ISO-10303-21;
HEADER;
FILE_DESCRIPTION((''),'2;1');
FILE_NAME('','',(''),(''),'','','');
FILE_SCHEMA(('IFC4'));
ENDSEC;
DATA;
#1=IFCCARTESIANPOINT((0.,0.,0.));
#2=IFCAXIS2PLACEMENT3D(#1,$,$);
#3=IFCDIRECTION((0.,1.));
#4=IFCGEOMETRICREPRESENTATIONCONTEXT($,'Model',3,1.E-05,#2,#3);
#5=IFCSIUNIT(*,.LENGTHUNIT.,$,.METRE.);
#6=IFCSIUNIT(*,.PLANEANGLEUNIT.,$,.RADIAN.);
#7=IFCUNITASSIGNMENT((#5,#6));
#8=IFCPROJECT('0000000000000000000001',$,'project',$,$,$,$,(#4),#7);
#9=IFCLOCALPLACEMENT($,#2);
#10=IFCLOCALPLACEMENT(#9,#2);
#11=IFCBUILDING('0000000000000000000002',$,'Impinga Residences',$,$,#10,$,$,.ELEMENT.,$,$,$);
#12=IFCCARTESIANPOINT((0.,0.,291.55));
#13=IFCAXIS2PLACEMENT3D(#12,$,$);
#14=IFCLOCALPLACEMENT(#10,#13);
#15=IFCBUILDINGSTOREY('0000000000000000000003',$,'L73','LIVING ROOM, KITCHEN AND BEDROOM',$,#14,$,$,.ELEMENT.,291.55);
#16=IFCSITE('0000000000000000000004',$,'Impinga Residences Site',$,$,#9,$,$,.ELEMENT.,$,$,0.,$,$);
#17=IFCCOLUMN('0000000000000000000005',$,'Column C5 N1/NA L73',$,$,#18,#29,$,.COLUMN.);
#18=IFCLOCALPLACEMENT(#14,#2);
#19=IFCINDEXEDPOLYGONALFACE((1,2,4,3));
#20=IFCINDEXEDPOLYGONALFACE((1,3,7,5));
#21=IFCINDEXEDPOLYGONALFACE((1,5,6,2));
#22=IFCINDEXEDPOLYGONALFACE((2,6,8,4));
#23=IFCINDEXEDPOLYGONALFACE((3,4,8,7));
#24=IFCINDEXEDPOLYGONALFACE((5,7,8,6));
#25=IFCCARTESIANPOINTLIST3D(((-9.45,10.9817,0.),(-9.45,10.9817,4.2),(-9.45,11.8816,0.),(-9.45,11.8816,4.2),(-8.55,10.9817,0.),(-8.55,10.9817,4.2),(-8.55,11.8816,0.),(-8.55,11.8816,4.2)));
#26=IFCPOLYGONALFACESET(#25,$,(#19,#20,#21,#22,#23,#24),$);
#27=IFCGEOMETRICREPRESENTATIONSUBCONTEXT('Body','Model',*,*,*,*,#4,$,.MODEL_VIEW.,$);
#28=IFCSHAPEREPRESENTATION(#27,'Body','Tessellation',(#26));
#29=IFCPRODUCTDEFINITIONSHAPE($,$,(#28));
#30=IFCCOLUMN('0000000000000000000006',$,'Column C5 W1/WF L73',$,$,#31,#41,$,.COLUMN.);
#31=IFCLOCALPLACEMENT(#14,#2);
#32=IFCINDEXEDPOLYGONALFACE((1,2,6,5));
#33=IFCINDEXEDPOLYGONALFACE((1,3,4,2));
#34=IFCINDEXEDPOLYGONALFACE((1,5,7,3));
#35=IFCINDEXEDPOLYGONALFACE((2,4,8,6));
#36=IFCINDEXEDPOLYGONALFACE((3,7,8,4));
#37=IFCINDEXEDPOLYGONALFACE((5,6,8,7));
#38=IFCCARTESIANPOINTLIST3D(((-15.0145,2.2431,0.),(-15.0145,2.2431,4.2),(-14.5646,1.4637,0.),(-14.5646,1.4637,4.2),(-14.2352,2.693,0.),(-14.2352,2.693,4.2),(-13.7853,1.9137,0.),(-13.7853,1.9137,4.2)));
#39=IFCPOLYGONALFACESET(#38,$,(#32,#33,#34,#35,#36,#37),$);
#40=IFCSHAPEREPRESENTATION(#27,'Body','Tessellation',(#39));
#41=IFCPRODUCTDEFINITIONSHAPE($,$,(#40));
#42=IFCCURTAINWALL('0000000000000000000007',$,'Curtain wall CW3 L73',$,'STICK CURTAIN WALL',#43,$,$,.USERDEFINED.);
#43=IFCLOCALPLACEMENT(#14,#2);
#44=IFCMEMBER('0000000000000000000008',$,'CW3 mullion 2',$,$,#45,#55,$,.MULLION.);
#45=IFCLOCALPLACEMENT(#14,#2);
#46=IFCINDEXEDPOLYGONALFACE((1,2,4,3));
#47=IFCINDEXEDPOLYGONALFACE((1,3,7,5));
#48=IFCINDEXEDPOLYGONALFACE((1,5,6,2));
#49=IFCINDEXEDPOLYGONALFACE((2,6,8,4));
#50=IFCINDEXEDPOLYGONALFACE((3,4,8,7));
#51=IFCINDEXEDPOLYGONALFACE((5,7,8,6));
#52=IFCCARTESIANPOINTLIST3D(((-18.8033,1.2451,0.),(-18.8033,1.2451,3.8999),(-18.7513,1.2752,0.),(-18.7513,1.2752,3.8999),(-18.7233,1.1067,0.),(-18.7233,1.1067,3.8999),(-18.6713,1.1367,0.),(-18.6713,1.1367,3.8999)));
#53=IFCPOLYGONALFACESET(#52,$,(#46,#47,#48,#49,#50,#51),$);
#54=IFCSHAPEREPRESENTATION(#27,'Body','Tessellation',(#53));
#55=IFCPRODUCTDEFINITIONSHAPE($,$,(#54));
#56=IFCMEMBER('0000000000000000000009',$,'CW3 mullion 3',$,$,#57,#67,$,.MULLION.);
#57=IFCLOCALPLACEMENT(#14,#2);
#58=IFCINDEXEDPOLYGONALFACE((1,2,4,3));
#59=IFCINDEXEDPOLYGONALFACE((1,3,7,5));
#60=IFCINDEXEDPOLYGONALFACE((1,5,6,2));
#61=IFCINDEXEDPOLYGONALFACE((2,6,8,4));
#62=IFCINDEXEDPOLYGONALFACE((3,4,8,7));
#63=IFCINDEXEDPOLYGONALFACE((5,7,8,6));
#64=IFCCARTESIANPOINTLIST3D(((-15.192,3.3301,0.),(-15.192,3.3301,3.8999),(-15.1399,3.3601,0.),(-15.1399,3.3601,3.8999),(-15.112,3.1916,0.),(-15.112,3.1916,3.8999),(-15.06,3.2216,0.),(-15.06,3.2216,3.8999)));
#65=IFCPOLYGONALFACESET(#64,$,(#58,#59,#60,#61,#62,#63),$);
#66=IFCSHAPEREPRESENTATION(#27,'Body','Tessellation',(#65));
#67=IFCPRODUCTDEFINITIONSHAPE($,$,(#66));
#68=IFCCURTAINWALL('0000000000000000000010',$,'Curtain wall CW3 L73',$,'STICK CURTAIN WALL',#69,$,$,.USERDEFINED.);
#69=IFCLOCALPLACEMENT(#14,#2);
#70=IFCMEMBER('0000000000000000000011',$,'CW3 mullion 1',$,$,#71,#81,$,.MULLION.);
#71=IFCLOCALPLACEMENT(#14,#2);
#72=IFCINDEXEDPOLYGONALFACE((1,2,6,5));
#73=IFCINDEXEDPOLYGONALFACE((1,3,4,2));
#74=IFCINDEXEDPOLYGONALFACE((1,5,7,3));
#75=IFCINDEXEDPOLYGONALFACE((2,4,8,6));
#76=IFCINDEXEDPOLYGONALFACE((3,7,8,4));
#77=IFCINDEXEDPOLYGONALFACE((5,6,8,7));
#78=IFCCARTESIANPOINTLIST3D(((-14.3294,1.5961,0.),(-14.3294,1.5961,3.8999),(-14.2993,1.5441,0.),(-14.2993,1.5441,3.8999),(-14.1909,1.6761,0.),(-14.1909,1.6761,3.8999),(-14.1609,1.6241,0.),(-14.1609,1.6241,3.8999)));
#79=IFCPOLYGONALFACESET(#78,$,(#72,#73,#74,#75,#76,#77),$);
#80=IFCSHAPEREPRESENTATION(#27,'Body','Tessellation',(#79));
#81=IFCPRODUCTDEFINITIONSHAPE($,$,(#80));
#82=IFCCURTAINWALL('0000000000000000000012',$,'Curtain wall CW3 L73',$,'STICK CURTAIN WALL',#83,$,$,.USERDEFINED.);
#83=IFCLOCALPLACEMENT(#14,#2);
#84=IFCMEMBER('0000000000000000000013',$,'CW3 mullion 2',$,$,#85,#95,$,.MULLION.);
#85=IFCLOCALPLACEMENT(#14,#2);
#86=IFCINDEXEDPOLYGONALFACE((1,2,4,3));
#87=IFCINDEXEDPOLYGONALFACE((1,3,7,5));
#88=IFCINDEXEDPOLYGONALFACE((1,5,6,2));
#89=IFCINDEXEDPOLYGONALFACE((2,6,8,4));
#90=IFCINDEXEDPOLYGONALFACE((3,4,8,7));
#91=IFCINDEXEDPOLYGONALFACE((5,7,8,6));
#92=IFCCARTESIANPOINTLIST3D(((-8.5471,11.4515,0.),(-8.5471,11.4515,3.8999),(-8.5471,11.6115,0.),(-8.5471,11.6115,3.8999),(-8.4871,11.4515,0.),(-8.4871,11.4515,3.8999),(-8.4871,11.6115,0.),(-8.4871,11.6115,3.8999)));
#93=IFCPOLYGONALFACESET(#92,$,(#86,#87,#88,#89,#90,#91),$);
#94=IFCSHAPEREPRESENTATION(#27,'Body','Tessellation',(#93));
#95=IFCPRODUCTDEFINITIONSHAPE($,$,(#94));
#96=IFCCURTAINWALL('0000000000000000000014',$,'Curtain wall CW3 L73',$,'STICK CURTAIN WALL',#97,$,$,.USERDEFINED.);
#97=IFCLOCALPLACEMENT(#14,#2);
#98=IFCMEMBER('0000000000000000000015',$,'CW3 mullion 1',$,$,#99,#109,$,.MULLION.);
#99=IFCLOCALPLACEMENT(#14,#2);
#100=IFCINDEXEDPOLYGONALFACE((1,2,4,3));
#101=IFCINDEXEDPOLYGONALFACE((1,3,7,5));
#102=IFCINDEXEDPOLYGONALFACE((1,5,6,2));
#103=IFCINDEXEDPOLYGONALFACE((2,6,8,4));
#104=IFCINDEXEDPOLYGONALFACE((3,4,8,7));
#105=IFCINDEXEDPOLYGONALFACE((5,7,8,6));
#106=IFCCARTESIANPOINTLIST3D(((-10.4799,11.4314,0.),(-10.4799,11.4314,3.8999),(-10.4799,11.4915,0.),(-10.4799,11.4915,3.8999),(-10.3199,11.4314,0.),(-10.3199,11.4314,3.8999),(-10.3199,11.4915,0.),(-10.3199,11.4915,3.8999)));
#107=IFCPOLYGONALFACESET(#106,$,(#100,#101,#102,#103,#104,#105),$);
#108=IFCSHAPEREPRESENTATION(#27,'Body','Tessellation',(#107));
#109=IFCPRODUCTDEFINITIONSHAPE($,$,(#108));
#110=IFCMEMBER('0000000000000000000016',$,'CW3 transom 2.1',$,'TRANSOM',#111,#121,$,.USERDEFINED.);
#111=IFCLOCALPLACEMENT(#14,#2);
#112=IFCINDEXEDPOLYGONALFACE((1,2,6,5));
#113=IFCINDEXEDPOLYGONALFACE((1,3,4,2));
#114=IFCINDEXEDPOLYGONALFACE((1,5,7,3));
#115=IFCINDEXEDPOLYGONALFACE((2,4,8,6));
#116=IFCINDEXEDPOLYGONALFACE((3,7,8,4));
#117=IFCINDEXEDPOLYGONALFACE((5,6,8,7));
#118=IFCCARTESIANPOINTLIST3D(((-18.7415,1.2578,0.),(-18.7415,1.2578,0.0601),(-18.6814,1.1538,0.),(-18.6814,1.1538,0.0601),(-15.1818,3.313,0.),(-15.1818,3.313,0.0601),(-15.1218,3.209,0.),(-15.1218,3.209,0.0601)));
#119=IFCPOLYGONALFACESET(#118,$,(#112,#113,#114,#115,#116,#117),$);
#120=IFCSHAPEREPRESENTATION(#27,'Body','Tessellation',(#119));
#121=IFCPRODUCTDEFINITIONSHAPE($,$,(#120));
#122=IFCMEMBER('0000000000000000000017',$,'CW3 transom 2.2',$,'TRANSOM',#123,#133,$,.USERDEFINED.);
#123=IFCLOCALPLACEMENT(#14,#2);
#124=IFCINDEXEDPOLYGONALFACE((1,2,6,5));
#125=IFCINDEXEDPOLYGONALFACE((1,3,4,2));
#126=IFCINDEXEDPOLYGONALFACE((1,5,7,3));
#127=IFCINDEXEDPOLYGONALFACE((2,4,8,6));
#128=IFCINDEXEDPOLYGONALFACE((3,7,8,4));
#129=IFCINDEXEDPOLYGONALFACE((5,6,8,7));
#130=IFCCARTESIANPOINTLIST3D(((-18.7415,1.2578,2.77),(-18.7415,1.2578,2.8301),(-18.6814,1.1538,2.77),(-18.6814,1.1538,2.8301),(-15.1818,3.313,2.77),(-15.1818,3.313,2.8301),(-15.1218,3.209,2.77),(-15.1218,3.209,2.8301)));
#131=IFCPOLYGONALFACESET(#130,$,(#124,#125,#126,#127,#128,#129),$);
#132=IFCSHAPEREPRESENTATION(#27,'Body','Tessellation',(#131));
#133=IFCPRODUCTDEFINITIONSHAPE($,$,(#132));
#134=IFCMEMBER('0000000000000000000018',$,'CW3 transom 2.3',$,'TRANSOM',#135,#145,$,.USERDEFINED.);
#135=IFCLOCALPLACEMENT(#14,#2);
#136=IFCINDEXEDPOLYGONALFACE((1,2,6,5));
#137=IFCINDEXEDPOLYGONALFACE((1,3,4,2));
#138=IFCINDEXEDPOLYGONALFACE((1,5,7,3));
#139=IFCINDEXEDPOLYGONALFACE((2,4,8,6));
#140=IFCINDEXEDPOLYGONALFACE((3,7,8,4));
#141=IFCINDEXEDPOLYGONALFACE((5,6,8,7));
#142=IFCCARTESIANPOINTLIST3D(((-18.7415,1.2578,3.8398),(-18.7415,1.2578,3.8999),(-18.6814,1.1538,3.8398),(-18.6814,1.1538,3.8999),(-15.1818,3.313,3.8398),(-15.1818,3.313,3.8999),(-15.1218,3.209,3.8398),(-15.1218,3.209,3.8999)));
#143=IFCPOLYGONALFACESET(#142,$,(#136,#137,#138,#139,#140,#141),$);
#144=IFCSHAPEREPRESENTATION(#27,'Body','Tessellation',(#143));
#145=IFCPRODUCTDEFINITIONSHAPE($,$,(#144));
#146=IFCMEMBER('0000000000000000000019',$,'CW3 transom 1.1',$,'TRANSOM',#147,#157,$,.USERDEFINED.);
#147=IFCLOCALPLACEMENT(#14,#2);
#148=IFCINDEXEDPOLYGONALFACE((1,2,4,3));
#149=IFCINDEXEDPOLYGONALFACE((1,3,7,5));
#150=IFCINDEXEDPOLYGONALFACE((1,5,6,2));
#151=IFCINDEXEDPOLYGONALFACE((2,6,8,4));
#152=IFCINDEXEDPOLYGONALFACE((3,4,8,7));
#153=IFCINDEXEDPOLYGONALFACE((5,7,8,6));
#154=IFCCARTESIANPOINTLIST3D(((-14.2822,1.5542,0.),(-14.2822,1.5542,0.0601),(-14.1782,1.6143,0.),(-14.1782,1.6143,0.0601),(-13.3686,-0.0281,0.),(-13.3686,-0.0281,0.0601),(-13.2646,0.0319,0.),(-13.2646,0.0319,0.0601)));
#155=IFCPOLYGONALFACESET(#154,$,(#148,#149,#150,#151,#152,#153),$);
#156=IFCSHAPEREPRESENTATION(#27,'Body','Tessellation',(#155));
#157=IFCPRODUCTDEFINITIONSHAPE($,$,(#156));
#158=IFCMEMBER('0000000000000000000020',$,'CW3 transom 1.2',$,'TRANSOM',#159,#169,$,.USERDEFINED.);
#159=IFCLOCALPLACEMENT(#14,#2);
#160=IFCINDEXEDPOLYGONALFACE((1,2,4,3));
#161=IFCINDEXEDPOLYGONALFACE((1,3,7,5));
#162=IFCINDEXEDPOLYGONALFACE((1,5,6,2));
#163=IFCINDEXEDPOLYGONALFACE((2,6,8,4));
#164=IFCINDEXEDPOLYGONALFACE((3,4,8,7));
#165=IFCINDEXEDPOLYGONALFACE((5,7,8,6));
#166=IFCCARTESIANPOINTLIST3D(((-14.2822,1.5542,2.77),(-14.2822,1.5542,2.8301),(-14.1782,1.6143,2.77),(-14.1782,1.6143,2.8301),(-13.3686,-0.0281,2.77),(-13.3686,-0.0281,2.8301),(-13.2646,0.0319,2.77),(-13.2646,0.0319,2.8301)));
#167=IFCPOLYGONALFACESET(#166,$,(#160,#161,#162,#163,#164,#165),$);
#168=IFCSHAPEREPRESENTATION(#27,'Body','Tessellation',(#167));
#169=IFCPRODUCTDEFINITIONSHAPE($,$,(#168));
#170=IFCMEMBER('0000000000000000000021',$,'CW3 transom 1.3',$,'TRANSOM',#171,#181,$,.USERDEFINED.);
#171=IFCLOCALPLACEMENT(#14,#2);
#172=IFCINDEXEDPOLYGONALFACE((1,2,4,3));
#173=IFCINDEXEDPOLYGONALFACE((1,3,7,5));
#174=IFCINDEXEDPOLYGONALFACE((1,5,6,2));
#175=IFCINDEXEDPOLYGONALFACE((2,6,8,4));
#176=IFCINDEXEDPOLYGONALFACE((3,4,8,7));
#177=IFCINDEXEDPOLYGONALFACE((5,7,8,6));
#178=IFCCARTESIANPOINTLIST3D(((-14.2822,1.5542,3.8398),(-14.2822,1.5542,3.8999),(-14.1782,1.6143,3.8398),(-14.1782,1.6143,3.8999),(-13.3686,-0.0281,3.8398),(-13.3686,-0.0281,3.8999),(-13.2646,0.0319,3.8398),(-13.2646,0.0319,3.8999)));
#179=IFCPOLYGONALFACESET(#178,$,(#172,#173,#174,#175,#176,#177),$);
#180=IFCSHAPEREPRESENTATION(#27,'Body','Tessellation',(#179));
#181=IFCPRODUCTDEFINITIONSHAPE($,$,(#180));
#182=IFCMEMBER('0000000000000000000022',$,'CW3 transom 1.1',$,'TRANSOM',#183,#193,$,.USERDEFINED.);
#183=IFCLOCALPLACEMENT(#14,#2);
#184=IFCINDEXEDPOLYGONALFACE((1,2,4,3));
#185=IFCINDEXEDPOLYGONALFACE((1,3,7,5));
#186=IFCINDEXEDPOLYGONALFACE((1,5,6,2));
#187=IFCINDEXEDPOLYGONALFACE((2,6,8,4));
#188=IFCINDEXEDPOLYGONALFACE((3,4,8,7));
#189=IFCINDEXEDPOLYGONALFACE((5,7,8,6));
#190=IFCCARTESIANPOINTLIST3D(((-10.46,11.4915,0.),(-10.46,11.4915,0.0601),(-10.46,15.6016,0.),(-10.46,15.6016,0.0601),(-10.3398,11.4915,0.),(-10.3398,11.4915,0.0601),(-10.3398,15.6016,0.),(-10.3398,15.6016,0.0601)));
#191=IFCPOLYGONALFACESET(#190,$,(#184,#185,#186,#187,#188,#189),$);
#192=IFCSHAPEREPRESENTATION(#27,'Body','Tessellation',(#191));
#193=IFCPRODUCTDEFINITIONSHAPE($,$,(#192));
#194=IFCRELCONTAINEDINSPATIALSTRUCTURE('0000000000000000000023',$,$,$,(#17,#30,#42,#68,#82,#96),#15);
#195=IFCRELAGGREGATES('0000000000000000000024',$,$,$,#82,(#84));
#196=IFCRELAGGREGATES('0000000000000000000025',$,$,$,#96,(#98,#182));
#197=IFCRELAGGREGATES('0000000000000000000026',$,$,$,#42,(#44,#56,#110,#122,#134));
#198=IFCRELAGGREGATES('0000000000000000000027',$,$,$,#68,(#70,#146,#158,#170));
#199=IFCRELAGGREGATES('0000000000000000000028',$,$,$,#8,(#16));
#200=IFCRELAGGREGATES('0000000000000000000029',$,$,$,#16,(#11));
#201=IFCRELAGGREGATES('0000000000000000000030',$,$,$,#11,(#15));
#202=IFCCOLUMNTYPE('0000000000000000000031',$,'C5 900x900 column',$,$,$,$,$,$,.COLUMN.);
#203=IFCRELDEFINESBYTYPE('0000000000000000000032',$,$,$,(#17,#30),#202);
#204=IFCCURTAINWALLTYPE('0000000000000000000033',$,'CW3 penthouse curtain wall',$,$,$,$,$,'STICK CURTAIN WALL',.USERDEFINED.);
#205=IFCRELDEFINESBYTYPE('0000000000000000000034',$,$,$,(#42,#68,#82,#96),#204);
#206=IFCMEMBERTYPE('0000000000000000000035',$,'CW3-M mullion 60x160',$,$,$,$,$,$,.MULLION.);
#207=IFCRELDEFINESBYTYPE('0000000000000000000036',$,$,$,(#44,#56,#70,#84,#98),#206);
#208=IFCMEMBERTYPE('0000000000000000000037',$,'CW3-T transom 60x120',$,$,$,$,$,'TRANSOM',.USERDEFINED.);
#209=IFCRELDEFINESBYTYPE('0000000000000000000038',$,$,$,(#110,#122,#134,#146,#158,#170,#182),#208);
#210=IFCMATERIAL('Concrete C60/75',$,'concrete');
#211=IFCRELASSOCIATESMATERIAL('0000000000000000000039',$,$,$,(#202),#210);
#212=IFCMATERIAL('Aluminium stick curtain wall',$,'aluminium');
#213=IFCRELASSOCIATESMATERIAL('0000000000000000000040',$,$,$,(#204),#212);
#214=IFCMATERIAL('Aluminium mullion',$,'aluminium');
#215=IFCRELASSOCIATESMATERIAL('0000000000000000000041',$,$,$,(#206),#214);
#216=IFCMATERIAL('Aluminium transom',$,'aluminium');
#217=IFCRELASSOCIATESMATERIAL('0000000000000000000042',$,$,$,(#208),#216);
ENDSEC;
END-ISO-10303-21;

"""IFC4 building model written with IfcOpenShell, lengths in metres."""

from ifc_helpers import new_model, si_unit, direction, frame, origin, origin_2d, place, context, subcontext, project, spatial, rectangle, extrude, material, material_profile, profile_set, type_object, element, aggregate, save


model = new_model("IFC4")

# Units and contexts
model_context = context("Model", 3, precision=1e-05, world=origin(), true_north=direction((0.0, 1.0)))
body_context = subcontext(model_context, "Body", "Model", "MODEL_VIEW")
ifc_project = project(units=[si_unit("LENGTHUNIT", "METRE"), si_unit("PLANEANGLEUNIT", "RADIAN")], contexts=[model_context])

# Site, building, storey
site_placement = place(None, origin())
site = spatial("IfcSite", under=ifc_project, at=site_placement, Name="Impinga Residences Site", CompositionType="ELEMENT", RefElevation=0.0)
building_placement = place(site_placement, origin())
building = spatial("IfcBuilding", under=site, at=building_placement, Name="Impinga Residences", CompositionType="ELEMENT")
storey_placement = place(building_placement, frame((0.0, 0.0, 291.55)))
storey = spatial("IfcBuildingStorey", under=building, at=storey_placement, Name="L73", Description="LIVING ROOM, KITCHEN AND BEDROOM", CompositionType="ELEMENT", Elevation=291.55)

# Columns
ifc_material_1 = material(Name="Concrete C60/75", Category="concrete")
ifc_material_profile_1 = material_profile(ifc_material_1, rectangle(XDim=0.8999, YDim=0.8999, at=origin_2d()), Name="RC 900x900")
ifc_profile_set_1 = profile_set([ifc_material_profile_1], Name="Concrete C60/75")
column_type = type_object("IfcColumnType", Name="C5 900x900 column", PredefinedType="COLUMN", material=ifc_profile_set_1)
for number, where, z_axis, x_axis, name in (
    (1, (-9.0, 11.4316, 0.0), (0.0, 0.0, 1.0), (1.0, 0.0, 0.0), "Column C5 N1/NA L73"),
    (2, (-14.3999, 2.0784, 0.0), (0.0, 0.0, 1.0), (-0.5, 0.866025, 0.0), "Column C5 W1/WF L73"),
):
    element("IfcColumn", number, at=place(storey_placement, frame(where, z_axis=z_axis, x_axis=x_axis)), inside=storey, type_object=column_type, Name=name, PredefinedType="COLUMN", context=body_context, shape_type="SweptSolid", body=[
        extrude(rectangle(XDim=0.8999, YDim=0.8999, at=origin_2d()), origin(), (0.0, 0.0, 1.0), 4.2),
    ])

# Curtain wall, members
ifc_material_2 = material(Name="Aluminium stick curtain wall", Category="aluminium")
curtain_wall_type = type_object("IfcCurtainWallType", Name="CW3 penthouse curtain wall", ElementType="STICK CURTAIN WALL", PredefinedType="USERDEFINED", material=ifc_material_2)
curtain_wall_1_placement = place(storey_placement, origin())
curtain_wall_1 = element("IfcCurtainWall", 3, at=curtain_wall_1_placement, inside=storey, type_object=curtain_wall_type, Name="Curtain wall CW3 L73", ObjectType="STICK CURTAIN WALL", PredefinedType="USERDEFINED")
ifc_material_3 = material(Name="Aluminium mullion", Category="aluminium")
ifc_material_profile_2 = material_profile(ifc_material_3, rectangle(XDim=0.0601, YDim=0.1599, at=origin_2d()), Name="60x160 mullion")
ifc_profile_set_2 = profile_set([ifc_material_profile_2], Name="Aluminium mullion")
member_type_1 = type_object("IfcMemberType", Name="CW3-M mullion 60x160", PredefinedType="MULLION", material=ifc_profile_set_2)
member_1_placement = place(storey_placement, frame((-18.7373, 1.1909, 0.0), z_axis=(0.0, 0.0, 1.0), x_axis=(0.866025, 0.5, 0.0)))
member_1 = element("IfcMember", 4, at=member_1_placement, type_object=member_type_1, Name="CW3 mullion 2", PredefinedType="MULLION", context=body_context, shape_type="SweptSolid", body=[
    extrude(rectangle(XDim=0.0601, YDim=0.1599, at=origin_2d()), origin(), (0.0, 0.0, 1.0), 3.8999),
])
member_2_placement = place(storey_placement, frame((-15.126, 3.2759, 0.0), z_axis=(0.0, 0.0, 1.0), x_axis=(0.866025, 0.5, 0.0)))
member_2 = element("IfcMember", 5, at=member_2_placement, type_object=member_type_1, Name="CW3 mullion 3", PredefinedType="MULLION", context=body_context, shape_type="SweptSolid", body=[
    extrude(rectangle(XDim=0.0601, YDim=0.1599, at=origin_2d()), origin(), (0.0, 0.0, 1.0), 3.8999),
])

# Curtain walls, members
curtain_wall_2_placement = place(storey_placement, origin())
curtain_wall_2 = element("IfcCurtainWall", 6, at=curtain_wall_2_placement, inside=storey, type_object=curtain_wall_type, Name="Curtain wall CW3 L73", ObjectType="STICK CURTAIN WALL", PredefinedType="USERDEFINED")
member_3_placement = place(storey_placement, frame((-14.2451, 1.6101, 0.0), z_axis=(0.0, 0.0, 1.0), x_axis=(0.5, -0.866025, 0.0)))
member_3 = element("IfcMember", 7, at=member_3_placement, type_object=member_type_1, Name="CW3 mullion 1", PredefinedType="MULLION", context=body_context, shape_type="SweptSolid", body=[
    extrude(rectangle(XDim=0.0601, YDim=0.1599, at=origin_2d()), origin(), (0.0, 0.0, 1.0), 3.8999),
])
curtain_wall_3_placement = place(storey_placement, origin())
curtain_wall_3 = element("IfcCurtainWall", 8, at=curtain_wall_3_placement, inside=storey, type_object=curtain_wall_type, Name="Curtain wall CW3 L73", ObjectType="STICK CURTAIN WALL", PredefinedType="USERDEFINED")
member_4_placement = place(storey_placement, frame((-8.5171, 11.5315, 0.0), z_axis=(0.0, 0.0, 1.0), x_axis=(-1.0, 0.0, 0.0)))
member_4 = element("IfcMember", 9, at=member_4_placement, type_object=member_type_1, Name="CW3 mullion 2", PredefinedType="MULLION", context=body_context, shape_type="SweptSolid", body=[
    extrude(rectangle(XDim=0.0601, YDim=0.1599, at=origin_2d()), origin(), (0.0, 0.0, 1.0), 3.8999),
])
aggregate(curtain_wall_3, [member_4])
curtain_wall_4_placement = place(storey_placement, origin())
curtain_wall_4 = element("IfcCurtainWall", 10, at=curtain_wall_4_placement, inside=storey, type_object=curtain_wall_type, Name="Curtain wall CW3 L73", ObjectType="STICK CURTAIN WALL", PredefinedType="USERDEFINED")
member_5_placement = place(storey_placement, frame((-10.3999, 11.4614, 0.0), z_axis=(0.0, 0.0, 1.0), x_axis=(0.0, 1.0, 0.0)))
member_5 = element("IfcMember", 11, at=member_5_placement, type_object=member_type_1, Name="CW3 mullion 1", PredefinedType="MULLION", context=body_context, shape_type="SweptSolid", body=[
    extrude(rectangle(XDim=0.0601, YDim=0.1599, at=origin_2d()), origin(), (0.0, 0.0, 1.0), 3.8999),
])

# Members
ifc_material_4 = material(Name="Aluminium transom", Category="aluminium")
ifc_material_profile_3 = material_profile(ifc_material_4, rectangle(XDim=0.0601, YDim=0.1201, at=origin_2d()), Name="60x120 transom")
ifc_profile_set_3 = profile_set([ifc_material_profile_3], Name="Aluminium transom")
member_type_2 = type_object("IfcMemberType", Name="CW3-T transom 60x120", ElementType="TRANSOM", PredefinedType="USERDEFINED", material=ifc_profile_set_3)
member_6_placement = place(storey_placement, frame((-18.7114, 1.2058, 0.03), z_axis=(0.866019, 0.50001, 0.0), x_axis=(0.0, 0.0, 1.0)))
member_6 = element("IfcMember", 12, at=member_6_placement, type_object=member_type_2, Name="CW3 transom 2.1", ObjectType="TRANSOM", PredefinedType="USERDEFINED", context=body_context, shape_type="SweptSolid", body=[
    extrude(rectangle(XDim=0.0601, YDim=0.1201, at=origin_2d()), origin(), (0.0, 0.0, 1.0), 4.1104),
])
member_7_placement = place(storey_placement, frame((-18.7114, 1.2058, 2.8), z_axis=(0.866019, 0.50001, 0.0), x_axis=(0.0, 0.0, 1.0)))
member_7 = element("IfcMember", 13, at=member_7_placement, type_object=member_type_2, Name="CW3 transom 2.2", ObjectType="TRANSOM", PredefinedType="USERDEFINED", context=body_context, shape_type="SweptSolid", body=[
    extrude(rectangle(XDim=0.0601, YDim=0.1201, at=origin_2d()), origin(), (0.0, 0.0, 1.0), 4.1104),
])
member_8_placement = place(storey_placement, frame((-18.7114, 1.2058, 3.8699), z_axis=(0.866019, 0.50001, 0.0), x_axis=(0.0, 0.0, 1.0)))
member_8 = element("IfcMember", 14, at=member_8_placement, type_object=member_type_2, Name="CW3 transom 2.3", ObjectType="TRANSOM", PredefinedType="USERDEFINED", context=body_context, shape_type="SweptSolid", body=[
    extrude(rectangle(XDim=0.0601, YDim=0.1201, at=origin_2d()), origin(), (0.0, 0.0, 1.0), 4.1104),
])
member_9_placement = place(storey_placement, frame((-14.2302, 1.5842, 0.03), z_axis=(0.500019, -0.866014, 0.0), x_axis=(0.0, 0.0, 1.0)))
member_9 = element("IfcMember", 15, at=member_9_placement, type_object=member_type_2, Name="CW3 transom 1.1", ObjectType="TRANSOM", PredefinedType="USERDEFINED", context=body_context, shape_type="SweptSolid", body=[
    extrude(rectangle(XDim=0.0601, YDim=0.1201, at=origin_2d()), origin(), (0.0, 0.0, 1.0), 1.8271),
])
member_10_placement = place(storey_placement, frame((-14.2302, 1.5842, 2.8), z_axis=(0.500019, -0.866014, 0.0), x_axis=(0.0, 0.0, 1.0)))
member_10 = element("IfcMember", 16, at=member_10_placement, type_object=member_type_2, Name="CW3 transom 1.2", ObjectType="TRANSOM", PredefinedType="USERDEFINED", context=body_context, shape_type="SweptSolid", body=[
    extrude(rectangle(XDim=0.0601, YDim=0.1201, at=origin_2d()), origin(), (0.0, 0.0, 1.0), 1.8271),
])
member_11_placement = place(storey_placement, frame((-14.2302, 1.5842, 3.8699), z_axis=(0.500019, -0.866014, 0.0), x_axis=(0.0, 0.0, 1.0)))
member_11 = element("IfcMember", 17, at=member_11_placement, type_object=member_type_2, Name="CW3 transom 1.3", ObjectType="TRANSOM", PredefinedType="USERDEFINED", context=body_context, shape_type="SweptSolid", body=[
    extrude(rectangle(XDim=0.0601, YDim=0.1201, at=origin_2d()), origin(), (0.0, 0.0, 1.0), 1.8271),
])
member_12_placement = place(storey_placement, frame((-10.3999, 11.4915, 0.03), z_axis=(0.0, 1.0, 0.0), x_axis=(0.0, 0.0, 1.0)))
member_12 = element("IfcMember", 18, at=member_12_placement, type_object=member_type_2, Name="CW3 transom 1.1", ObjectType="TRANSOM", PredefinedType="USERDEFINED", context=body_context, shape_type="SweptSolid", body=[
    extrude(rectangle(XDim=0.0601, YDim=0.1201, at=origin_2d()), origin(), (0.0, 0.0, 1.0), 4.1101),
])
aggregate(curtain_wall_4, [member_5, member_12])

aggregate(curtain_wall_1, [member_1, member_2, member_6, member_7, member_8])
aggregate(curtain_wall_2, [member_3, member_9, member_10, member_11])

save(model, "model.ifc")
